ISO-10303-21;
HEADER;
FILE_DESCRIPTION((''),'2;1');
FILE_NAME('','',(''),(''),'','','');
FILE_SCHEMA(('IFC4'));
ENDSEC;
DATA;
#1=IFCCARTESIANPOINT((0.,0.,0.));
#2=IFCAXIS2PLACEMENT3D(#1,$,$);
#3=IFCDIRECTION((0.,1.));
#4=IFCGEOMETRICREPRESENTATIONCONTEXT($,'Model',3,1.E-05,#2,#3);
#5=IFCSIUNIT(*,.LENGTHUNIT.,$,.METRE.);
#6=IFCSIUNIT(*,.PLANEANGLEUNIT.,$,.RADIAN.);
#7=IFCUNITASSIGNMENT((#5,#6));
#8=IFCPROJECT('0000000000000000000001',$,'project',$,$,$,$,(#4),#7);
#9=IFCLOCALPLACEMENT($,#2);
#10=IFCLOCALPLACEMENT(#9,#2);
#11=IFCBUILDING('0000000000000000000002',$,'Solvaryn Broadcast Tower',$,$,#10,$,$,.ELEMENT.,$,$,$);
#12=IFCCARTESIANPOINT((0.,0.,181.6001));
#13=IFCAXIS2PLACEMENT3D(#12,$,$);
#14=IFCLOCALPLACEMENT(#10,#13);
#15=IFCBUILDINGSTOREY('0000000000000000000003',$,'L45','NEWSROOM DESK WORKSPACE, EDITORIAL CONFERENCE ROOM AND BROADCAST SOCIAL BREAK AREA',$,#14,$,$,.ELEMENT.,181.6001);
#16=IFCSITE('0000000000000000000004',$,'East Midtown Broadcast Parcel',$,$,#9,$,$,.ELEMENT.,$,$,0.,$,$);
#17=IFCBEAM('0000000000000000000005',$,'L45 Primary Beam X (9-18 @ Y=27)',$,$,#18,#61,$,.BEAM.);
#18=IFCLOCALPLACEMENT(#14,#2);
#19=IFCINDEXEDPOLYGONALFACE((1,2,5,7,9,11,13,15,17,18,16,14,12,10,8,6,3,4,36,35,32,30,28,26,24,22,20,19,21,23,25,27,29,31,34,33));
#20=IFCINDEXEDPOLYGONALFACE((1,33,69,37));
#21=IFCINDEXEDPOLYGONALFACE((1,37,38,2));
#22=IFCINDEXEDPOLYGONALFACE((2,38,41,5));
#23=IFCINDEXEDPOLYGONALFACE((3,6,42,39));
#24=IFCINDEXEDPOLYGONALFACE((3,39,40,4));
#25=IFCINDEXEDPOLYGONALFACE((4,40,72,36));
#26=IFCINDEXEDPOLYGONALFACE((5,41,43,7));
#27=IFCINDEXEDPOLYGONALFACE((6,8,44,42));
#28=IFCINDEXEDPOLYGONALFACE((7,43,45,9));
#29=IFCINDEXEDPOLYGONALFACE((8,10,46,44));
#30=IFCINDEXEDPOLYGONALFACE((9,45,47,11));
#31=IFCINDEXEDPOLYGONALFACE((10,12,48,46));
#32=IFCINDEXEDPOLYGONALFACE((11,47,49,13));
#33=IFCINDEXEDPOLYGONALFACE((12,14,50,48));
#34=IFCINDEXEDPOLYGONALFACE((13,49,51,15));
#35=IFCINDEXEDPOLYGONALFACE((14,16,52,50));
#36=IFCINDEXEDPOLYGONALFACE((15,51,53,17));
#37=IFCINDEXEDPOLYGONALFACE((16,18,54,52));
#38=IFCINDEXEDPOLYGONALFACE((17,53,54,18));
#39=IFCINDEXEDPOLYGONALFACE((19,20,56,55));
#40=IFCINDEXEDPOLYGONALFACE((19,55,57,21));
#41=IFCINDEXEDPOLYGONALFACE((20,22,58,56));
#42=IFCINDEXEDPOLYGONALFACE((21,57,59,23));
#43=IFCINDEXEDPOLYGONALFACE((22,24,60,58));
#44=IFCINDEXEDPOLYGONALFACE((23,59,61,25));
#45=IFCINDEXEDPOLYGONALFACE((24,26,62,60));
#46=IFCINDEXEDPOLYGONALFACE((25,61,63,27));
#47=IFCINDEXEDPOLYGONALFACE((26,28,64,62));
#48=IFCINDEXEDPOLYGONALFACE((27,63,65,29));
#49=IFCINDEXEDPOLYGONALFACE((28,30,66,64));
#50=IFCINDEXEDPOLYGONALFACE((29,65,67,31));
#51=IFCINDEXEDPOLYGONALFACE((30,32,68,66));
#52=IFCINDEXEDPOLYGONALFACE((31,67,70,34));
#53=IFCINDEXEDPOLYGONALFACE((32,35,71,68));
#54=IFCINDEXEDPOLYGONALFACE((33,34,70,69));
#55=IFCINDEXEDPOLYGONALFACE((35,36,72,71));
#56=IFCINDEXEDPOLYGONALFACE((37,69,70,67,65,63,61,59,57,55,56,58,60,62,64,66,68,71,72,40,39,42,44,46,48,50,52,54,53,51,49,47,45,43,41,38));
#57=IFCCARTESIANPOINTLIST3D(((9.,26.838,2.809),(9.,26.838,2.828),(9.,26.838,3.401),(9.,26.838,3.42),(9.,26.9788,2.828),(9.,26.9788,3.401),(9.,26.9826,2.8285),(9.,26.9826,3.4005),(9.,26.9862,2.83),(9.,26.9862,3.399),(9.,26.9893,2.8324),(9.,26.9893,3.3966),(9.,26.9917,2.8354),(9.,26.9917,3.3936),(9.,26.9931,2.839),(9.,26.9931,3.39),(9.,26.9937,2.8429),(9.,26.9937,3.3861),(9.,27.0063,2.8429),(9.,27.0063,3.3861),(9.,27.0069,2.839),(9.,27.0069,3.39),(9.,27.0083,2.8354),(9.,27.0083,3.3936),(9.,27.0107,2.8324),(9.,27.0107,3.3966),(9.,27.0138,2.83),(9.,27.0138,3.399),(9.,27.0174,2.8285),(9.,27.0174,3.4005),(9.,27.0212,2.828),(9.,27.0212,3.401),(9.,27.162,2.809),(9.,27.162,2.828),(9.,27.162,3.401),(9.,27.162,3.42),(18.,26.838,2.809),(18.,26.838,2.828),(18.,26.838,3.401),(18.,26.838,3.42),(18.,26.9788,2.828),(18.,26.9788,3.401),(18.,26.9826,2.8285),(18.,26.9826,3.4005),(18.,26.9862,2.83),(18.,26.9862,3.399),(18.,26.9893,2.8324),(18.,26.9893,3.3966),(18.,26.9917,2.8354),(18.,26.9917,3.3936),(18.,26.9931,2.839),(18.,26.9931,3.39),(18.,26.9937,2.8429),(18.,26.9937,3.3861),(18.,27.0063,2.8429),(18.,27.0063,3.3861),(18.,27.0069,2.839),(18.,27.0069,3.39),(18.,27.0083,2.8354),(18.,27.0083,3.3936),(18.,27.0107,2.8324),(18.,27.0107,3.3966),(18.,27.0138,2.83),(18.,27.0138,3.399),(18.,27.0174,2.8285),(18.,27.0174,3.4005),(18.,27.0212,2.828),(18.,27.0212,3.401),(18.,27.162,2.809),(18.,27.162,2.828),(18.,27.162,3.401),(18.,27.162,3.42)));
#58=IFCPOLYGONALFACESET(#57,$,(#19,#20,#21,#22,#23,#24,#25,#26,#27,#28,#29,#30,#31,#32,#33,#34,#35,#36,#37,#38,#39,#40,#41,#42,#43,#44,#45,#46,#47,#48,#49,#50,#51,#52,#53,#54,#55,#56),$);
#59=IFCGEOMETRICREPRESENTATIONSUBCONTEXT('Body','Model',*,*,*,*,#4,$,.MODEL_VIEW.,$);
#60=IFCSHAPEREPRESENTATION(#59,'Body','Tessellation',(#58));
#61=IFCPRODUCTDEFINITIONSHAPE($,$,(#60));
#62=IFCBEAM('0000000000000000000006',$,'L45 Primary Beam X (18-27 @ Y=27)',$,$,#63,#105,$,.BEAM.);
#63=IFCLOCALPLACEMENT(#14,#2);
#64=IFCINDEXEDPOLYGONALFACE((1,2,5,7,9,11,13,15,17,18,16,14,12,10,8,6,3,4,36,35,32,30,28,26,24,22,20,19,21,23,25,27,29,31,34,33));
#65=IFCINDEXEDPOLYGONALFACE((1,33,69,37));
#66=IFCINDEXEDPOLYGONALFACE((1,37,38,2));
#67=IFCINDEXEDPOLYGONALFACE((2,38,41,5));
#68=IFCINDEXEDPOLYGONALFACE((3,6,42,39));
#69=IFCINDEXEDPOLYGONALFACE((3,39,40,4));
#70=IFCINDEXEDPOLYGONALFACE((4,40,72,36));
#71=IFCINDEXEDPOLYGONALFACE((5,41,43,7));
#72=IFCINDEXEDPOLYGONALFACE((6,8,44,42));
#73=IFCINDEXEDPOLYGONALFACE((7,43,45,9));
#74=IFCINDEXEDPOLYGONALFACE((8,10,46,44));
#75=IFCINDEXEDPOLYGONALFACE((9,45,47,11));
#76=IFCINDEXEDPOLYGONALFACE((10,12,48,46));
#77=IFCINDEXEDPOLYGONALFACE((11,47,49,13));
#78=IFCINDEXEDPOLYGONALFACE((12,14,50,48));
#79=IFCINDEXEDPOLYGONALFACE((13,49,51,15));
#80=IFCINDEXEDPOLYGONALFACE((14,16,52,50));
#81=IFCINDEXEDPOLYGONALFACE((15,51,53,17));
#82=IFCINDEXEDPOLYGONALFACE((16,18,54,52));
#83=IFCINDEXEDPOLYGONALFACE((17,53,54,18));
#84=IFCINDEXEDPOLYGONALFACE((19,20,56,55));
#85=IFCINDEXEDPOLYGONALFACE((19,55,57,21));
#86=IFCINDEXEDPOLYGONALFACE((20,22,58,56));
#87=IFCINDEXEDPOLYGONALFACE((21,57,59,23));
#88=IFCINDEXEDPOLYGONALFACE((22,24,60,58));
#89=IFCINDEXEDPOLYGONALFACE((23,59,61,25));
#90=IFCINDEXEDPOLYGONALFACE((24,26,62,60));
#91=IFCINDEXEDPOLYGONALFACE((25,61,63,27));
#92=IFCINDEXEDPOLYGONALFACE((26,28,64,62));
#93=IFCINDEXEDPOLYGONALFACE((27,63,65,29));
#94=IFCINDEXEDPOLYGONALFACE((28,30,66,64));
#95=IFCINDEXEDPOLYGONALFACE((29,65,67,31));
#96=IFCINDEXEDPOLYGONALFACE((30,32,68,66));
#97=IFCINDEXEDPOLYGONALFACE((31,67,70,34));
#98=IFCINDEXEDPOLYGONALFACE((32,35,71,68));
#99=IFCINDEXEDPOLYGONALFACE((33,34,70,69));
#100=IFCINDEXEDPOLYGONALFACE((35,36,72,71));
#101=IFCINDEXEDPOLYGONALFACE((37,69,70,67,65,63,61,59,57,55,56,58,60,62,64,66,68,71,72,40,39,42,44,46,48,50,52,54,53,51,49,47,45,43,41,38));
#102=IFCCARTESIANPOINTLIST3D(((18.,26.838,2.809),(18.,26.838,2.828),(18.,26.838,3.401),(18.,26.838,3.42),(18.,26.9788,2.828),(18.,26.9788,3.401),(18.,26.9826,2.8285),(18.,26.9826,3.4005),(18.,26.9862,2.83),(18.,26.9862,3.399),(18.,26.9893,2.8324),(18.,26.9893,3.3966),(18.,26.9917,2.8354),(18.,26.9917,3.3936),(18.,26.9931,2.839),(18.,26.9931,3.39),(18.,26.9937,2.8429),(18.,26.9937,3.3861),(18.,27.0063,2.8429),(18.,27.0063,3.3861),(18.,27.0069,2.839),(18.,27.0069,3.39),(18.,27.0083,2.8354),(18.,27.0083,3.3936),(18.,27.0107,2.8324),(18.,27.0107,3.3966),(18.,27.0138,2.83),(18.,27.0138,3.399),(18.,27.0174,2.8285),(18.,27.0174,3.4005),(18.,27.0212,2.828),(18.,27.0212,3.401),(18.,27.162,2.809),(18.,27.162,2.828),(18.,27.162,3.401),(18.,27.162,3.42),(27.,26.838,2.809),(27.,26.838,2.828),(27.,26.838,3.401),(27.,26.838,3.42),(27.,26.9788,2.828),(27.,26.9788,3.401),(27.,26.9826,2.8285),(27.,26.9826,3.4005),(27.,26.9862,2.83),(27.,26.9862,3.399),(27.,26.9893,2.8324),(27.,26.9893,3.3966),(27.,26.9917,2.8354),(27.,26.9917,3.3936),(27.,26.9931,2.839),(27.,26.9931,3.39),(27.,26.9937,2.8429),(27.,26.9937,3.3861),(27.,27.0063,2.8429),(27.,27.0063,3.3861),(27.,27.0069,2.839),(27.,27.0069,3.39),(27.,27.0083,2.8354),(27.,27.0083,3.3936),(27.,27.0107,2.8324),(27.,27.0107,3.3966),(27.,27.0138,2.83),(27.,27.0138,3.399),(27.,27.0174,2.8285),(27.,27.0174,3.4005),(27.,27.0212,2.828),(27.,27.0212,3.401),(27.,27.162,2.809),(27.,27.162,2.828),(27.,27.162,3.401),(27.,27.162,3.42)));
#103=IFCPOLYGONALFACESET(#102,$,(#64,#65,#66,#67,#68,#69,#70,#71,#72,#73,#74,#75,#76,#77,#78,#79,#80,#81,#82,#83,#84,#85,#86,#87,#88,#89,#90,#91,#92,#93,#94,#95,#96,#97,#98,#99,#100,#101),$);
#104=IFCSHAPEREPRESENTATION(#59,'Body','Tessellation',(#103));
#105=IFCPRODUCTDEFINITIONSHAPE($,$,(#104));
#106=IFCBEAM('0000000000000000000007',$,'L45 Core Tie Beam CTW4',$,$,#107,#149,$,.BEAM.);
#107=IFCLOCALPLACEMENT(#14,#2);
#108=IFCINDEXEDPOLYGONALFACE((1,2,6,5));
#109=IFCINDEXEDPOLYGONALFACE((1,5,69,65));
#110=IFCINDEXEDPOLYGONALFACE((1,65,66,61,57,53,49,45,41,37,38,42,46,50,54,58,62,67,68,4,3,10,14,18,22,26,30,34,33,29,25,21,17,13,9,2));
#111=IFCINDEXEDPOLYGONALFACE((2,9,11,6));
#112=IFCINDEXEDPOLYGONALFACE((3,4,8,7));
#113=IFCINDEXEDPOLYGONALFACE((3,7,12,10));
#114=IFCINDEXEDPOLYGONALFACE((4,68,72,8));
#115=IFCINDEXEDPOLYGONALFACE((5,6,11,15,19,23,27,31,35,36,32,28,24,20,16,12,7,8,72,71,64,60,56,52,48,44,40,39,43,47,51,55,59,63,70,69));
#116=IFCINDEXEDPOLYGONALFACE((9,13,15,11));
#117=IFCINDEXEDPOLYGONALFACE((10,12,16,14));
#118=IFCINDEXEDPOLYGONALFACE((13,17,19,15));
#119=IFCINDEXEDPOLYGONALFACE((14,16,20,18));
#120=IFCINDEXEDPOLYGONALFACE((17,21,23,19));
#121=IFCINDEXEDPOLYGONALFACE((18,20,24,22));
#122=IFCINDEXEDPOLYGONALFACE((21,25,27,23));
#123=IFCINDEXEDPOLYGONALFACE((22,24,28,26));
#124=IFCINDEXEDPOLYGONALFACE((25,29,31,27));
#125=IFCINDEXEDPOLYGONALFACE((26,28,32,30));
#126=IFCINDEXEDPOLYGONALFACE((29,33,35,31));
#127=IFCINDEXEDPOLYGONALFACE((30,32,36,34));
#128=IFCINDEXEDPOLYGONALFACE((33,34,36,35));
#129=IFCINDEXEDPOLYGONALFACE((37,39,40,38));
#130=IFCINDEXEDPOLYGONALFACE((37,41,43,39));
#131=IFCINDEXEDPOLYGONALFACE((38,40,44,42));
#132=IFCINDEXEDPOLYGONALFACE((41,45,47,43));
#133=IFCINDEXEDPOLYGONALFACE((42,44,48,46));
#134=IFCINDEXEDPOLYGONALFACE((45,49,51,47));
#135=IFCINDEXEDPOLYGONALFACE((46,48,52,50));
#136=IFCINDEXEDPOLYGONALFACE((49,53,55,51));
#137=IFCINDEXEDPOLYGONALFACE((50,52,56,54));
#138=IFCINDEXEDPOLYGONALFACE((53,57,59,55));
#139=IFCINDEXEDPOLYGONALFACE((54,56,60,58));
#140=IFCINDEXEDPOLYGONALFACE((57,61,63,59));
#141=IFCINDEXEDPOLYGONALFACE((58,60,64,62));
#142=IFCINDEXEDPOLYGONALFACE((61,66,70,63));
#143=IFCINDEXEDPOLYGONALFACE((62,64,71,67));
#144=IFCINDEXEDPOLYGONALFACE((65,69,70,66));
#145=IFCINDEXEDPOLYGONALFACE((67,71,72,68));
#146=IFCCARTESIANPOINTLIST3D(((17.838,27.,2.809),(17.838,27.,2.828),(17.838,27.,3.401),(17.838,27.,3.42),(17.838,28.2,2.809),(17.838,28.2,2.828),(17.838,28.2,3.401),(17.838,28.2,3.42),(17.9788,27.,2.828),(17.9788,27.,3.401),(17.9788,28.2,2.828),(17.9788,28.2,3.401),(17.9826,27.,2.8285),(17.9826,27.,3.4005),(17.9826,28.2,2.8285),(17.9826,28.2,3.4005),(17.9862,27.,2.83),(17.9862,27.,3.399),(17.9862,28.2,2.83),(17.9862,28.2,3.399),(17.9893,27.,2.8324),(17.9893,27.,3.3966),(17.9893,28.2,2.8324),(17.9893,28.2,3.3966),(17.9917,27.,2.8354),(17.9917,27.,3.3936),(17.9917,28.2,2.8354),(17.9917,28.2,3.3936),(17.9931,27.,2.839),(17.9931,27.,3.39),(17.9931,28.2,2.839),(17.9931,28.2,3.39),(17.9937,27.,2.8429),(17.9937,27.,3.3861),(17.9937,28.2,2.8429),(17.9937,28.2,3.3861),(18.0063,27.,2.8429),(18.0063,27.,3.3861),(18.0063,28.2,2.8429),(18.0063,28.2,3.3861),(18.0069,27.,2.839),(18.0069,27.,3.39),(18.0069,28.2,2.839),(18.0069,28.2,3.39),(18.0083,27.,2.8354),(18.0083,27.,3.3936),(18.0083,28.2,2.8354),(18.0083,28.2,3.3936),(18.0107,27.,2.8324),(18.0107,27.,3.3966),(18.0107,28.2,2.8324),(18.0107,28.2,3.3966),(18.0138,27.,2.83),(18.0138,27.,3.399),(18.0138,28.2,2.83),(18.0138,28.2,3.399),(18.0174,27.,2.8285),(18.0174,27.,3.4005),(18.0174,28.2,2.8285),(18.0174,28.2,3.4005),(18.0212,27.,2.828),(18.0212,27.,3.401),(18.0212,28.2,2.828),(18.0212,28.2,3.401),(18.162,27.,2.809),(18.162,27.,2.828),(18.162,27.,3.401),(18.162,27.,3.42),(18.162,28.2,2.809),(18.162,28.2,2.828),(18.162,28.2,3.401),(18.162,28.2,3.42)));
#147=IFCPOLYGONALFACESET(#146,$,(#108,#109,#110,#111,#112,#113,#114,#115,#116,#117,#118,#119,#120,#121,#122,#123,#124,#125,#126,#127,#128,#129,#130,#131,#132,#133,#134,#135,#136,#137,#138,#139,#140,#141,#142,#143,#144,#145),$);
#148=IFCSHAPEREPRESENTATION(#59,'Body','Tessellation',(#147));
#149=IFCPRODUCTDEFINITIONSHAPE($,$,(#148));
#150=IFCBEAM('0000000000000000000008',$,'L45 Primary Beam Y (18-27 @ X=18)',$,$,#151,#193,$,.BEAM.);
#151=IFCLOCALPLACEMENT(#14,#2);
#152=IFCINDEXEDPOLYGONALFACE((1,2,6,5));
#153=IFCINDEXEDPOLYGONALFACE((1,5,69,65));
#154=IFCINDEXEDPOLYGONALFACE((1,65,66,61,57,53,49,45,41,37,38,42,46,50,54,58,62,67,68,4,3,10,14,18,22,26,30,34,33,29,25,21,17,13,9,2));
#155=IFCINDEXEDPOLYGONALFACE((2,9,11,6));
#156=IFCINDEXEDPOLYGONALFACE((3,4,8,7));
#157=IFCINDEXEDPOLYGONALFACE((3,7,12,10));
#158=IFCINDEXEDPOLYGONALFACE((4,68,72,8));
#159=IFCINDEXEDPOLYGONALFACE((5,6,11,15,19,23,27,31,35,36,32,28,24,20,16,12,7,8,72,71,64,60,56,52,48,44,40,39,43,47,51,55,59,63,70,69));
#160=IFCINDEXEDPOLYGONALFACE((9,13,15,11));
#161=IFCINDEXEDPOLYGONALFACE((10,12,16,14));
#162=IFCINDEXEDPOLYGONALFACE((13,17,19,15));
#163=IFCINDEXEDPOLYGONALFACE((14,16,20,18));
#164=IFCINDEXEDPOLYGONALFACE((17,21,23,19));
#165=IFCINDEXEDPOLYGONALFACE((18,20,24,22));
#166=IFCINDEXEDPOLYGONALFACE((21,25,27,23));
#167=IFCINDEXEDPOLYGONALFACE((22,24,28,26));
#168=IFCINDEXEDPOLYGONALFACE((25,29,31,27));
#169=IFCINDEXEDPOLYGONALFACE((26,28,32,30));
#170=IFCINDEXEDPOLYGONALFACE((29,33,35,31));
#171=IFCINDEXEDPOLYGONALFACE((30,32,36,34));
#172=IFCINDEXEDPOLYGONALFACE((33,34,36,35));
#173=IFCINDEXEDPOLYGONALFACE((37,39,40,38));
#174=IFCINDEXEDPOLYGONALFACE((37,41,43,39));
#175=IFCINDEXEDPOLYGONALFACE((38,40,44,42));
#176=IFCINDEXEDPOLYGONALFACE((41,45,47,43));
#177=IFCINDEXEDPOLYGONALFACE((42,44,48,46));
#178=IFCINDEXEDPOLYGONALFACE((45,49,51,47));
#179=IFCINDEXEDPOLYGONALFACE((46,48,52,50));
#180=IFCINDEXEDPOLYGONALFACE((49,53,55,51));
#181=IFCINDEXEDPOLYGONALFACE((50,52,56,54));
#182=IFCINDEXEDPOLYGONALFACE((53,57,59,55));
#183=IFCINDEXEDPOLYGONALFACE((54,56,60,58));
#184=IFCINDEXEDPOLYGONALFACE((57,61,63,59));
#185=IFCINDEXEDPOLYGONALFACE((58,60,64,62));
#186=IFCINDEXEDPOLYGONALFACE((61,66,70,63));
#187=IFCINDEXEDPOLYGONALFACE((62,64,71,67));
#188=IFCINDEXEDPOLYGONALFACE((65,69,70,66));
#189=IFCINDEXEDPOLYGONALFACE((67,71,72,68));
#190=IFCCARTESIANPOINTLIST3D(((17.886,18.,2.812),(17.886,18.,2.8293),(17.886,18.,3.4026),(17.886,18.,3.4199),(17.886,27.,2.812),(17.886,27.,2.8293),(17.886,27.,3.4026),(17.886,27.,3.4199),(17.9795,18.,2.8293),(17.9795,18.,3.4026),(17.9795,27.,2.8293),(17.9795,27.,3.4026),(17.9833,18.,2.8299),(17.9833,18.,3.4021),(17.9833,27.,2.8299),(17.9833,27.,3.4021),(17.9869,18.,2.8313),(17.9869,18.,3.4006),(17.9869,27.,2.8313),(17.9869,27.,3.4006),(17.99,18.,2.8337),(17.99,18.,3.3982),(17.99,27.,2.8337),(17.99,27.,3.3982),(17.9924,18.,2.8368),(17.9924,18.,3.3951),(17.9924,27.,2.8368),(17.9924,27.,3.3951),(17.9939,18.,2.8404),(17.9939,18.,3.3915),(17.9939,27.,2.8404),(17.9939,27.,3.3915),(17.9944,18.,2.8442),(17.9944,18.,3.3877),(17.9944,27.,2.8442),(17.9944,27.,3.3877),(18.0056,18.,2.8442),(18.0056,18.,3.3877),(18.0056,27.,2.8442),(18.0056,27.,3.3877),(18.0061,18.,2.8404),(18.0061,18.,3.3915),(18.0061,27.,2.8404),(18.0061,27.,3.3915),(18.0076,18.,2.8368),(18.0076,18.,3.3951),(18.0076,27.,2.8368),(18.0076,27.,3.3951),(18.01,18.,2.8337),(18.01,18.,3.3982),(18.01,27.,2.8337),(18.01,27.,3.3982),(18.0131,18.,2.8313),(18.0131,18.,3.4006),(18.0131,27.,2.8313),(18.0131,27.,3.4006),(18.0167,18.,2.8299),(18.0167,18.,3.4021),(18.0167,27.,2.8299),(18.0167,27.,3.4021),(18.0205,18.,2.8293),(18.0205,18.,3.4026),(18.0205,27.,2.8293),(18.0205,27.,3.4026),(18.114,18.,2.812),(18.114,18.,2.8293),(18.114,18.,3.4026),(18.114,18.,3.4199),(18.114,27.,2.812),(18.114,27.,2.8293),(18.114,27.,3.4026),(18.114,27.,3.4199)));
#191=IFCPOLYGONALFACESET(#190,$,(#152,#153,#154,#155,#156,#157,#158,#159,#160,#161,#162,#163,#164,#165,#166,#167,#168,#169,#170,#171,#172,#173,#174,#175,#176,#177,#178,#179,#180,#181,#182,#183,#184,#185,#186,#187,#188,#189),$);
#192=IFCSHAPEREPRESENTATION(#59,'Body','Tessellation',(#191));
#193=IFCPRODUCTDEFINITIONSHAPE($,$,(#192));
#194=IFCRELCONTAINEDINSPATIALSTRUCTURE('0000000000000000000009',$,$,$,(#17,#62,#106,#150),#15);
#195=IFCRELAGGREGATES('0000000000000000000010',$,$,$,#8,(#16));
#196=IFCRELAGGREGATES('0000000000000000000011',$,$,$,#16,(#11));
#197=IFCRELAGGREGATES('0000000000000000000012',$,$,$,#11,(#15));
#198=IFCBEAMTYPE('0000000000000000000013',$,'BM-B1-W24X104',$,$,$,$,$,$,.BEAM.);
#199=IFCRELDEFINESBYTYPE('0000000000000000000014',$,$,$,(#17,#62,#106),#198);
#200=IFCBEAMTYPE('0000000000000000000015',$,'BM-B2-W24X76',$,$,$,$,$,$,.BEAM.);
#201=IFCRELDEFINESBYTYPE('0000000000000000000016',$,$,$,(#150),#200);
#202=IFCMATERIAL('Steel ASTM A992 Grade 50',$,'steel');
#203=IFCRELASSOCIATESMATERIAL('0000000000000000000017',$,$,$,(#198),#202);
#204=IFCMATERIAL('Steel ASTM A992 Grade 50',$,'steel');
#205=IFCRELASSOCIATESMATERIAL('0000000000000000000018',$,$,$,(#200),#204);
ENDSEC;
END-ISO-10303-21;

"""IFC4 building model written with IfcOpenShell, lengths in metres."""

from ifc_helpers import new_model, si_unit, direction, frame, origin, origin_2d, place, context, subcontext, project, spatial, i_section, extrude, material, material_profile, profile_set, type_object, element, save


model = new_model("IFC4")

# Units and contexts
model_context = context("Model", 3, precision=1e-05, world=origin(), true_north=direction((0.0, 1.0)))
body_context = subcontext(model_context, "Body", "Model", "MODEL_VIEW")
ifc_project = project(units=[si_unit("LENGTHUNIT", "METRE"), si_unit("PLANEANGLEUNIT", "RADIAN")], contexts=[model_context])

# Site, building, storey
site_placement = place(None, origin())
site = spatial("IfcSite", under=ifc_project, at=site_placement, Name="East Midtown Broadcast Parcel", CompositionType="ELEMENT", RefElevation=0.0)
building_placement = place(site_placement, origin())
building = spatial("IfcBuilding", under=site, at=building_placement, Name="Solvaryn Broadcast Tower", CompositionType="ELEMENT")
storey_placement = place(building_placement, frame((0.0, 0.0, 181.6001)))
storey = spatial("IfcBuildingStorey", under=building, at=storey_placement, Name="L45", Description="NEWSROOM DESK WORKSPACE, EDITORIAL CONFERENCE ROOM AND BROADCAST SOCIAL BREAK AREA", CompositionType="ELEMENT", Elevation=181.6001)

# Beams
ifc_material_1 = material(Name="Steel ASTM A992 Grade 50", Category="steel")
ifc_material_profile_1 = material_profile(ifc_material_1, i_section(OverallWidth=0.324, OverallDepth=0.6111, WebThickness=0.0127, FlangeThickness=0.019, FilletRadius=0.0149, at=origin_2d()))
ifc_profile_set_1 = profile_set([ifc_material_profile_1], Name="Steel ASTM A992 Grade 50")
beam_type_1 = type_object("IfcBeamType", Name="BM-B1-W24X104", PredefinedType="BEAM", material=ifc_profile_set_1)
for number, where, z_axis, x_axis, name in (
    (1, (9.0, 27.0, 3.1145), (1.0, 0.0, 0.0), (0.0, 1.0, 0.0), "L45 Primary Beam X (9-18 @ Y=27)"),
    (2, (18.0, 27.0, 3.1145), (1.0, 0.0, 0.0), (0.0, 1.0, 0.0), "L45 Primary Beam X (18-27 @ Y=27)"),
):
    element("IfcBeam", number, at=place(storey_placement, frame(where, z_axis=z_axis, x_axis=x_axis)), inside=storey, type_object=beam_type_1, Name=name, PredefinedType="BEAM", context=body_context, shape_type="SweptSolid", body=[
        extrude(i_section(OverallWidth=0.324, OverallDepth=0.6111, WebThickness=0.0127, FlangeThickness=0.019, FilletRadius=0.0149, at=origin_2d()), origin(), (0.0, 0.0, 1.0), 9.0),
    ])
beam_1_placement = place(storey_placement, frame((18.0, 27.0, 3.1145), z_axis=(0.0, 1.0, 0.0), x_axis=(-1.0, 0.0, 0.0)))
element("IfcBeam", 3, at=beam_1_placement, inside=storey, type_object=beam_type_1, Name="L45 Core Tie Beam CTW4", PredefinedType="BEAM", context=body_context, shape_type="SweptSolid", body=[
    extrude(i_section(OverallWidth=0.324, OverallDepth=0.6111, WebThickness=0.0127, FlangeThickness=0.019, FilletRadius=0.0149, at=origin_2d()), origin(), (0.0, 0.0, 1.0), 1.2),
])
ifc_material_2 = material(Name="Steel ASTM A992 Grade 50", Category="steel")
ifc_material_profile_2 = material_profile(ifc_material_2, i_section(OverallWidth=0.228, OverallDepth=0.6079, WebThickness=0.0112, FlangeThickness=0.0173, FilletRadius=0.0149, at=origin_2d()))
ifc_profile_set_2 = profile_set([ifc_material_profile_2], Name="Steel ASTM A992 Grade 50")
beam_type_2 = type_object("IfcBeamType", Name="BM-B2-W24X76", PredefinedType="BEAM", material=ifc_profile_set_2)
beam_2_placement = place(storey_placement, frame((18.0, 18.0, 3.116), z_axis=(0.0, 1.0, 0.0), x_axis=(-1.0, 0.0, 0.0)))
element("IfcBeam", 4, at=beam_2_placement, inside=storey, type_object=beam_type_2, Name="L45 Primary Beam Y (18-27 @ X=18)", PredefinedType="BEAM", context=body_context, shape_type="SweptSolid", body=[
    extrude(i_section(OverallWidth=0.228, OverallDepth=0.6079, WebThickness=0.0112, FlangeThickness=0.0173, FilletRadius=0.0149, at=origin_2d()), origin(), (0.0, 0.0, 1.0), 9.0),
])

save(model, "model.ifc")
